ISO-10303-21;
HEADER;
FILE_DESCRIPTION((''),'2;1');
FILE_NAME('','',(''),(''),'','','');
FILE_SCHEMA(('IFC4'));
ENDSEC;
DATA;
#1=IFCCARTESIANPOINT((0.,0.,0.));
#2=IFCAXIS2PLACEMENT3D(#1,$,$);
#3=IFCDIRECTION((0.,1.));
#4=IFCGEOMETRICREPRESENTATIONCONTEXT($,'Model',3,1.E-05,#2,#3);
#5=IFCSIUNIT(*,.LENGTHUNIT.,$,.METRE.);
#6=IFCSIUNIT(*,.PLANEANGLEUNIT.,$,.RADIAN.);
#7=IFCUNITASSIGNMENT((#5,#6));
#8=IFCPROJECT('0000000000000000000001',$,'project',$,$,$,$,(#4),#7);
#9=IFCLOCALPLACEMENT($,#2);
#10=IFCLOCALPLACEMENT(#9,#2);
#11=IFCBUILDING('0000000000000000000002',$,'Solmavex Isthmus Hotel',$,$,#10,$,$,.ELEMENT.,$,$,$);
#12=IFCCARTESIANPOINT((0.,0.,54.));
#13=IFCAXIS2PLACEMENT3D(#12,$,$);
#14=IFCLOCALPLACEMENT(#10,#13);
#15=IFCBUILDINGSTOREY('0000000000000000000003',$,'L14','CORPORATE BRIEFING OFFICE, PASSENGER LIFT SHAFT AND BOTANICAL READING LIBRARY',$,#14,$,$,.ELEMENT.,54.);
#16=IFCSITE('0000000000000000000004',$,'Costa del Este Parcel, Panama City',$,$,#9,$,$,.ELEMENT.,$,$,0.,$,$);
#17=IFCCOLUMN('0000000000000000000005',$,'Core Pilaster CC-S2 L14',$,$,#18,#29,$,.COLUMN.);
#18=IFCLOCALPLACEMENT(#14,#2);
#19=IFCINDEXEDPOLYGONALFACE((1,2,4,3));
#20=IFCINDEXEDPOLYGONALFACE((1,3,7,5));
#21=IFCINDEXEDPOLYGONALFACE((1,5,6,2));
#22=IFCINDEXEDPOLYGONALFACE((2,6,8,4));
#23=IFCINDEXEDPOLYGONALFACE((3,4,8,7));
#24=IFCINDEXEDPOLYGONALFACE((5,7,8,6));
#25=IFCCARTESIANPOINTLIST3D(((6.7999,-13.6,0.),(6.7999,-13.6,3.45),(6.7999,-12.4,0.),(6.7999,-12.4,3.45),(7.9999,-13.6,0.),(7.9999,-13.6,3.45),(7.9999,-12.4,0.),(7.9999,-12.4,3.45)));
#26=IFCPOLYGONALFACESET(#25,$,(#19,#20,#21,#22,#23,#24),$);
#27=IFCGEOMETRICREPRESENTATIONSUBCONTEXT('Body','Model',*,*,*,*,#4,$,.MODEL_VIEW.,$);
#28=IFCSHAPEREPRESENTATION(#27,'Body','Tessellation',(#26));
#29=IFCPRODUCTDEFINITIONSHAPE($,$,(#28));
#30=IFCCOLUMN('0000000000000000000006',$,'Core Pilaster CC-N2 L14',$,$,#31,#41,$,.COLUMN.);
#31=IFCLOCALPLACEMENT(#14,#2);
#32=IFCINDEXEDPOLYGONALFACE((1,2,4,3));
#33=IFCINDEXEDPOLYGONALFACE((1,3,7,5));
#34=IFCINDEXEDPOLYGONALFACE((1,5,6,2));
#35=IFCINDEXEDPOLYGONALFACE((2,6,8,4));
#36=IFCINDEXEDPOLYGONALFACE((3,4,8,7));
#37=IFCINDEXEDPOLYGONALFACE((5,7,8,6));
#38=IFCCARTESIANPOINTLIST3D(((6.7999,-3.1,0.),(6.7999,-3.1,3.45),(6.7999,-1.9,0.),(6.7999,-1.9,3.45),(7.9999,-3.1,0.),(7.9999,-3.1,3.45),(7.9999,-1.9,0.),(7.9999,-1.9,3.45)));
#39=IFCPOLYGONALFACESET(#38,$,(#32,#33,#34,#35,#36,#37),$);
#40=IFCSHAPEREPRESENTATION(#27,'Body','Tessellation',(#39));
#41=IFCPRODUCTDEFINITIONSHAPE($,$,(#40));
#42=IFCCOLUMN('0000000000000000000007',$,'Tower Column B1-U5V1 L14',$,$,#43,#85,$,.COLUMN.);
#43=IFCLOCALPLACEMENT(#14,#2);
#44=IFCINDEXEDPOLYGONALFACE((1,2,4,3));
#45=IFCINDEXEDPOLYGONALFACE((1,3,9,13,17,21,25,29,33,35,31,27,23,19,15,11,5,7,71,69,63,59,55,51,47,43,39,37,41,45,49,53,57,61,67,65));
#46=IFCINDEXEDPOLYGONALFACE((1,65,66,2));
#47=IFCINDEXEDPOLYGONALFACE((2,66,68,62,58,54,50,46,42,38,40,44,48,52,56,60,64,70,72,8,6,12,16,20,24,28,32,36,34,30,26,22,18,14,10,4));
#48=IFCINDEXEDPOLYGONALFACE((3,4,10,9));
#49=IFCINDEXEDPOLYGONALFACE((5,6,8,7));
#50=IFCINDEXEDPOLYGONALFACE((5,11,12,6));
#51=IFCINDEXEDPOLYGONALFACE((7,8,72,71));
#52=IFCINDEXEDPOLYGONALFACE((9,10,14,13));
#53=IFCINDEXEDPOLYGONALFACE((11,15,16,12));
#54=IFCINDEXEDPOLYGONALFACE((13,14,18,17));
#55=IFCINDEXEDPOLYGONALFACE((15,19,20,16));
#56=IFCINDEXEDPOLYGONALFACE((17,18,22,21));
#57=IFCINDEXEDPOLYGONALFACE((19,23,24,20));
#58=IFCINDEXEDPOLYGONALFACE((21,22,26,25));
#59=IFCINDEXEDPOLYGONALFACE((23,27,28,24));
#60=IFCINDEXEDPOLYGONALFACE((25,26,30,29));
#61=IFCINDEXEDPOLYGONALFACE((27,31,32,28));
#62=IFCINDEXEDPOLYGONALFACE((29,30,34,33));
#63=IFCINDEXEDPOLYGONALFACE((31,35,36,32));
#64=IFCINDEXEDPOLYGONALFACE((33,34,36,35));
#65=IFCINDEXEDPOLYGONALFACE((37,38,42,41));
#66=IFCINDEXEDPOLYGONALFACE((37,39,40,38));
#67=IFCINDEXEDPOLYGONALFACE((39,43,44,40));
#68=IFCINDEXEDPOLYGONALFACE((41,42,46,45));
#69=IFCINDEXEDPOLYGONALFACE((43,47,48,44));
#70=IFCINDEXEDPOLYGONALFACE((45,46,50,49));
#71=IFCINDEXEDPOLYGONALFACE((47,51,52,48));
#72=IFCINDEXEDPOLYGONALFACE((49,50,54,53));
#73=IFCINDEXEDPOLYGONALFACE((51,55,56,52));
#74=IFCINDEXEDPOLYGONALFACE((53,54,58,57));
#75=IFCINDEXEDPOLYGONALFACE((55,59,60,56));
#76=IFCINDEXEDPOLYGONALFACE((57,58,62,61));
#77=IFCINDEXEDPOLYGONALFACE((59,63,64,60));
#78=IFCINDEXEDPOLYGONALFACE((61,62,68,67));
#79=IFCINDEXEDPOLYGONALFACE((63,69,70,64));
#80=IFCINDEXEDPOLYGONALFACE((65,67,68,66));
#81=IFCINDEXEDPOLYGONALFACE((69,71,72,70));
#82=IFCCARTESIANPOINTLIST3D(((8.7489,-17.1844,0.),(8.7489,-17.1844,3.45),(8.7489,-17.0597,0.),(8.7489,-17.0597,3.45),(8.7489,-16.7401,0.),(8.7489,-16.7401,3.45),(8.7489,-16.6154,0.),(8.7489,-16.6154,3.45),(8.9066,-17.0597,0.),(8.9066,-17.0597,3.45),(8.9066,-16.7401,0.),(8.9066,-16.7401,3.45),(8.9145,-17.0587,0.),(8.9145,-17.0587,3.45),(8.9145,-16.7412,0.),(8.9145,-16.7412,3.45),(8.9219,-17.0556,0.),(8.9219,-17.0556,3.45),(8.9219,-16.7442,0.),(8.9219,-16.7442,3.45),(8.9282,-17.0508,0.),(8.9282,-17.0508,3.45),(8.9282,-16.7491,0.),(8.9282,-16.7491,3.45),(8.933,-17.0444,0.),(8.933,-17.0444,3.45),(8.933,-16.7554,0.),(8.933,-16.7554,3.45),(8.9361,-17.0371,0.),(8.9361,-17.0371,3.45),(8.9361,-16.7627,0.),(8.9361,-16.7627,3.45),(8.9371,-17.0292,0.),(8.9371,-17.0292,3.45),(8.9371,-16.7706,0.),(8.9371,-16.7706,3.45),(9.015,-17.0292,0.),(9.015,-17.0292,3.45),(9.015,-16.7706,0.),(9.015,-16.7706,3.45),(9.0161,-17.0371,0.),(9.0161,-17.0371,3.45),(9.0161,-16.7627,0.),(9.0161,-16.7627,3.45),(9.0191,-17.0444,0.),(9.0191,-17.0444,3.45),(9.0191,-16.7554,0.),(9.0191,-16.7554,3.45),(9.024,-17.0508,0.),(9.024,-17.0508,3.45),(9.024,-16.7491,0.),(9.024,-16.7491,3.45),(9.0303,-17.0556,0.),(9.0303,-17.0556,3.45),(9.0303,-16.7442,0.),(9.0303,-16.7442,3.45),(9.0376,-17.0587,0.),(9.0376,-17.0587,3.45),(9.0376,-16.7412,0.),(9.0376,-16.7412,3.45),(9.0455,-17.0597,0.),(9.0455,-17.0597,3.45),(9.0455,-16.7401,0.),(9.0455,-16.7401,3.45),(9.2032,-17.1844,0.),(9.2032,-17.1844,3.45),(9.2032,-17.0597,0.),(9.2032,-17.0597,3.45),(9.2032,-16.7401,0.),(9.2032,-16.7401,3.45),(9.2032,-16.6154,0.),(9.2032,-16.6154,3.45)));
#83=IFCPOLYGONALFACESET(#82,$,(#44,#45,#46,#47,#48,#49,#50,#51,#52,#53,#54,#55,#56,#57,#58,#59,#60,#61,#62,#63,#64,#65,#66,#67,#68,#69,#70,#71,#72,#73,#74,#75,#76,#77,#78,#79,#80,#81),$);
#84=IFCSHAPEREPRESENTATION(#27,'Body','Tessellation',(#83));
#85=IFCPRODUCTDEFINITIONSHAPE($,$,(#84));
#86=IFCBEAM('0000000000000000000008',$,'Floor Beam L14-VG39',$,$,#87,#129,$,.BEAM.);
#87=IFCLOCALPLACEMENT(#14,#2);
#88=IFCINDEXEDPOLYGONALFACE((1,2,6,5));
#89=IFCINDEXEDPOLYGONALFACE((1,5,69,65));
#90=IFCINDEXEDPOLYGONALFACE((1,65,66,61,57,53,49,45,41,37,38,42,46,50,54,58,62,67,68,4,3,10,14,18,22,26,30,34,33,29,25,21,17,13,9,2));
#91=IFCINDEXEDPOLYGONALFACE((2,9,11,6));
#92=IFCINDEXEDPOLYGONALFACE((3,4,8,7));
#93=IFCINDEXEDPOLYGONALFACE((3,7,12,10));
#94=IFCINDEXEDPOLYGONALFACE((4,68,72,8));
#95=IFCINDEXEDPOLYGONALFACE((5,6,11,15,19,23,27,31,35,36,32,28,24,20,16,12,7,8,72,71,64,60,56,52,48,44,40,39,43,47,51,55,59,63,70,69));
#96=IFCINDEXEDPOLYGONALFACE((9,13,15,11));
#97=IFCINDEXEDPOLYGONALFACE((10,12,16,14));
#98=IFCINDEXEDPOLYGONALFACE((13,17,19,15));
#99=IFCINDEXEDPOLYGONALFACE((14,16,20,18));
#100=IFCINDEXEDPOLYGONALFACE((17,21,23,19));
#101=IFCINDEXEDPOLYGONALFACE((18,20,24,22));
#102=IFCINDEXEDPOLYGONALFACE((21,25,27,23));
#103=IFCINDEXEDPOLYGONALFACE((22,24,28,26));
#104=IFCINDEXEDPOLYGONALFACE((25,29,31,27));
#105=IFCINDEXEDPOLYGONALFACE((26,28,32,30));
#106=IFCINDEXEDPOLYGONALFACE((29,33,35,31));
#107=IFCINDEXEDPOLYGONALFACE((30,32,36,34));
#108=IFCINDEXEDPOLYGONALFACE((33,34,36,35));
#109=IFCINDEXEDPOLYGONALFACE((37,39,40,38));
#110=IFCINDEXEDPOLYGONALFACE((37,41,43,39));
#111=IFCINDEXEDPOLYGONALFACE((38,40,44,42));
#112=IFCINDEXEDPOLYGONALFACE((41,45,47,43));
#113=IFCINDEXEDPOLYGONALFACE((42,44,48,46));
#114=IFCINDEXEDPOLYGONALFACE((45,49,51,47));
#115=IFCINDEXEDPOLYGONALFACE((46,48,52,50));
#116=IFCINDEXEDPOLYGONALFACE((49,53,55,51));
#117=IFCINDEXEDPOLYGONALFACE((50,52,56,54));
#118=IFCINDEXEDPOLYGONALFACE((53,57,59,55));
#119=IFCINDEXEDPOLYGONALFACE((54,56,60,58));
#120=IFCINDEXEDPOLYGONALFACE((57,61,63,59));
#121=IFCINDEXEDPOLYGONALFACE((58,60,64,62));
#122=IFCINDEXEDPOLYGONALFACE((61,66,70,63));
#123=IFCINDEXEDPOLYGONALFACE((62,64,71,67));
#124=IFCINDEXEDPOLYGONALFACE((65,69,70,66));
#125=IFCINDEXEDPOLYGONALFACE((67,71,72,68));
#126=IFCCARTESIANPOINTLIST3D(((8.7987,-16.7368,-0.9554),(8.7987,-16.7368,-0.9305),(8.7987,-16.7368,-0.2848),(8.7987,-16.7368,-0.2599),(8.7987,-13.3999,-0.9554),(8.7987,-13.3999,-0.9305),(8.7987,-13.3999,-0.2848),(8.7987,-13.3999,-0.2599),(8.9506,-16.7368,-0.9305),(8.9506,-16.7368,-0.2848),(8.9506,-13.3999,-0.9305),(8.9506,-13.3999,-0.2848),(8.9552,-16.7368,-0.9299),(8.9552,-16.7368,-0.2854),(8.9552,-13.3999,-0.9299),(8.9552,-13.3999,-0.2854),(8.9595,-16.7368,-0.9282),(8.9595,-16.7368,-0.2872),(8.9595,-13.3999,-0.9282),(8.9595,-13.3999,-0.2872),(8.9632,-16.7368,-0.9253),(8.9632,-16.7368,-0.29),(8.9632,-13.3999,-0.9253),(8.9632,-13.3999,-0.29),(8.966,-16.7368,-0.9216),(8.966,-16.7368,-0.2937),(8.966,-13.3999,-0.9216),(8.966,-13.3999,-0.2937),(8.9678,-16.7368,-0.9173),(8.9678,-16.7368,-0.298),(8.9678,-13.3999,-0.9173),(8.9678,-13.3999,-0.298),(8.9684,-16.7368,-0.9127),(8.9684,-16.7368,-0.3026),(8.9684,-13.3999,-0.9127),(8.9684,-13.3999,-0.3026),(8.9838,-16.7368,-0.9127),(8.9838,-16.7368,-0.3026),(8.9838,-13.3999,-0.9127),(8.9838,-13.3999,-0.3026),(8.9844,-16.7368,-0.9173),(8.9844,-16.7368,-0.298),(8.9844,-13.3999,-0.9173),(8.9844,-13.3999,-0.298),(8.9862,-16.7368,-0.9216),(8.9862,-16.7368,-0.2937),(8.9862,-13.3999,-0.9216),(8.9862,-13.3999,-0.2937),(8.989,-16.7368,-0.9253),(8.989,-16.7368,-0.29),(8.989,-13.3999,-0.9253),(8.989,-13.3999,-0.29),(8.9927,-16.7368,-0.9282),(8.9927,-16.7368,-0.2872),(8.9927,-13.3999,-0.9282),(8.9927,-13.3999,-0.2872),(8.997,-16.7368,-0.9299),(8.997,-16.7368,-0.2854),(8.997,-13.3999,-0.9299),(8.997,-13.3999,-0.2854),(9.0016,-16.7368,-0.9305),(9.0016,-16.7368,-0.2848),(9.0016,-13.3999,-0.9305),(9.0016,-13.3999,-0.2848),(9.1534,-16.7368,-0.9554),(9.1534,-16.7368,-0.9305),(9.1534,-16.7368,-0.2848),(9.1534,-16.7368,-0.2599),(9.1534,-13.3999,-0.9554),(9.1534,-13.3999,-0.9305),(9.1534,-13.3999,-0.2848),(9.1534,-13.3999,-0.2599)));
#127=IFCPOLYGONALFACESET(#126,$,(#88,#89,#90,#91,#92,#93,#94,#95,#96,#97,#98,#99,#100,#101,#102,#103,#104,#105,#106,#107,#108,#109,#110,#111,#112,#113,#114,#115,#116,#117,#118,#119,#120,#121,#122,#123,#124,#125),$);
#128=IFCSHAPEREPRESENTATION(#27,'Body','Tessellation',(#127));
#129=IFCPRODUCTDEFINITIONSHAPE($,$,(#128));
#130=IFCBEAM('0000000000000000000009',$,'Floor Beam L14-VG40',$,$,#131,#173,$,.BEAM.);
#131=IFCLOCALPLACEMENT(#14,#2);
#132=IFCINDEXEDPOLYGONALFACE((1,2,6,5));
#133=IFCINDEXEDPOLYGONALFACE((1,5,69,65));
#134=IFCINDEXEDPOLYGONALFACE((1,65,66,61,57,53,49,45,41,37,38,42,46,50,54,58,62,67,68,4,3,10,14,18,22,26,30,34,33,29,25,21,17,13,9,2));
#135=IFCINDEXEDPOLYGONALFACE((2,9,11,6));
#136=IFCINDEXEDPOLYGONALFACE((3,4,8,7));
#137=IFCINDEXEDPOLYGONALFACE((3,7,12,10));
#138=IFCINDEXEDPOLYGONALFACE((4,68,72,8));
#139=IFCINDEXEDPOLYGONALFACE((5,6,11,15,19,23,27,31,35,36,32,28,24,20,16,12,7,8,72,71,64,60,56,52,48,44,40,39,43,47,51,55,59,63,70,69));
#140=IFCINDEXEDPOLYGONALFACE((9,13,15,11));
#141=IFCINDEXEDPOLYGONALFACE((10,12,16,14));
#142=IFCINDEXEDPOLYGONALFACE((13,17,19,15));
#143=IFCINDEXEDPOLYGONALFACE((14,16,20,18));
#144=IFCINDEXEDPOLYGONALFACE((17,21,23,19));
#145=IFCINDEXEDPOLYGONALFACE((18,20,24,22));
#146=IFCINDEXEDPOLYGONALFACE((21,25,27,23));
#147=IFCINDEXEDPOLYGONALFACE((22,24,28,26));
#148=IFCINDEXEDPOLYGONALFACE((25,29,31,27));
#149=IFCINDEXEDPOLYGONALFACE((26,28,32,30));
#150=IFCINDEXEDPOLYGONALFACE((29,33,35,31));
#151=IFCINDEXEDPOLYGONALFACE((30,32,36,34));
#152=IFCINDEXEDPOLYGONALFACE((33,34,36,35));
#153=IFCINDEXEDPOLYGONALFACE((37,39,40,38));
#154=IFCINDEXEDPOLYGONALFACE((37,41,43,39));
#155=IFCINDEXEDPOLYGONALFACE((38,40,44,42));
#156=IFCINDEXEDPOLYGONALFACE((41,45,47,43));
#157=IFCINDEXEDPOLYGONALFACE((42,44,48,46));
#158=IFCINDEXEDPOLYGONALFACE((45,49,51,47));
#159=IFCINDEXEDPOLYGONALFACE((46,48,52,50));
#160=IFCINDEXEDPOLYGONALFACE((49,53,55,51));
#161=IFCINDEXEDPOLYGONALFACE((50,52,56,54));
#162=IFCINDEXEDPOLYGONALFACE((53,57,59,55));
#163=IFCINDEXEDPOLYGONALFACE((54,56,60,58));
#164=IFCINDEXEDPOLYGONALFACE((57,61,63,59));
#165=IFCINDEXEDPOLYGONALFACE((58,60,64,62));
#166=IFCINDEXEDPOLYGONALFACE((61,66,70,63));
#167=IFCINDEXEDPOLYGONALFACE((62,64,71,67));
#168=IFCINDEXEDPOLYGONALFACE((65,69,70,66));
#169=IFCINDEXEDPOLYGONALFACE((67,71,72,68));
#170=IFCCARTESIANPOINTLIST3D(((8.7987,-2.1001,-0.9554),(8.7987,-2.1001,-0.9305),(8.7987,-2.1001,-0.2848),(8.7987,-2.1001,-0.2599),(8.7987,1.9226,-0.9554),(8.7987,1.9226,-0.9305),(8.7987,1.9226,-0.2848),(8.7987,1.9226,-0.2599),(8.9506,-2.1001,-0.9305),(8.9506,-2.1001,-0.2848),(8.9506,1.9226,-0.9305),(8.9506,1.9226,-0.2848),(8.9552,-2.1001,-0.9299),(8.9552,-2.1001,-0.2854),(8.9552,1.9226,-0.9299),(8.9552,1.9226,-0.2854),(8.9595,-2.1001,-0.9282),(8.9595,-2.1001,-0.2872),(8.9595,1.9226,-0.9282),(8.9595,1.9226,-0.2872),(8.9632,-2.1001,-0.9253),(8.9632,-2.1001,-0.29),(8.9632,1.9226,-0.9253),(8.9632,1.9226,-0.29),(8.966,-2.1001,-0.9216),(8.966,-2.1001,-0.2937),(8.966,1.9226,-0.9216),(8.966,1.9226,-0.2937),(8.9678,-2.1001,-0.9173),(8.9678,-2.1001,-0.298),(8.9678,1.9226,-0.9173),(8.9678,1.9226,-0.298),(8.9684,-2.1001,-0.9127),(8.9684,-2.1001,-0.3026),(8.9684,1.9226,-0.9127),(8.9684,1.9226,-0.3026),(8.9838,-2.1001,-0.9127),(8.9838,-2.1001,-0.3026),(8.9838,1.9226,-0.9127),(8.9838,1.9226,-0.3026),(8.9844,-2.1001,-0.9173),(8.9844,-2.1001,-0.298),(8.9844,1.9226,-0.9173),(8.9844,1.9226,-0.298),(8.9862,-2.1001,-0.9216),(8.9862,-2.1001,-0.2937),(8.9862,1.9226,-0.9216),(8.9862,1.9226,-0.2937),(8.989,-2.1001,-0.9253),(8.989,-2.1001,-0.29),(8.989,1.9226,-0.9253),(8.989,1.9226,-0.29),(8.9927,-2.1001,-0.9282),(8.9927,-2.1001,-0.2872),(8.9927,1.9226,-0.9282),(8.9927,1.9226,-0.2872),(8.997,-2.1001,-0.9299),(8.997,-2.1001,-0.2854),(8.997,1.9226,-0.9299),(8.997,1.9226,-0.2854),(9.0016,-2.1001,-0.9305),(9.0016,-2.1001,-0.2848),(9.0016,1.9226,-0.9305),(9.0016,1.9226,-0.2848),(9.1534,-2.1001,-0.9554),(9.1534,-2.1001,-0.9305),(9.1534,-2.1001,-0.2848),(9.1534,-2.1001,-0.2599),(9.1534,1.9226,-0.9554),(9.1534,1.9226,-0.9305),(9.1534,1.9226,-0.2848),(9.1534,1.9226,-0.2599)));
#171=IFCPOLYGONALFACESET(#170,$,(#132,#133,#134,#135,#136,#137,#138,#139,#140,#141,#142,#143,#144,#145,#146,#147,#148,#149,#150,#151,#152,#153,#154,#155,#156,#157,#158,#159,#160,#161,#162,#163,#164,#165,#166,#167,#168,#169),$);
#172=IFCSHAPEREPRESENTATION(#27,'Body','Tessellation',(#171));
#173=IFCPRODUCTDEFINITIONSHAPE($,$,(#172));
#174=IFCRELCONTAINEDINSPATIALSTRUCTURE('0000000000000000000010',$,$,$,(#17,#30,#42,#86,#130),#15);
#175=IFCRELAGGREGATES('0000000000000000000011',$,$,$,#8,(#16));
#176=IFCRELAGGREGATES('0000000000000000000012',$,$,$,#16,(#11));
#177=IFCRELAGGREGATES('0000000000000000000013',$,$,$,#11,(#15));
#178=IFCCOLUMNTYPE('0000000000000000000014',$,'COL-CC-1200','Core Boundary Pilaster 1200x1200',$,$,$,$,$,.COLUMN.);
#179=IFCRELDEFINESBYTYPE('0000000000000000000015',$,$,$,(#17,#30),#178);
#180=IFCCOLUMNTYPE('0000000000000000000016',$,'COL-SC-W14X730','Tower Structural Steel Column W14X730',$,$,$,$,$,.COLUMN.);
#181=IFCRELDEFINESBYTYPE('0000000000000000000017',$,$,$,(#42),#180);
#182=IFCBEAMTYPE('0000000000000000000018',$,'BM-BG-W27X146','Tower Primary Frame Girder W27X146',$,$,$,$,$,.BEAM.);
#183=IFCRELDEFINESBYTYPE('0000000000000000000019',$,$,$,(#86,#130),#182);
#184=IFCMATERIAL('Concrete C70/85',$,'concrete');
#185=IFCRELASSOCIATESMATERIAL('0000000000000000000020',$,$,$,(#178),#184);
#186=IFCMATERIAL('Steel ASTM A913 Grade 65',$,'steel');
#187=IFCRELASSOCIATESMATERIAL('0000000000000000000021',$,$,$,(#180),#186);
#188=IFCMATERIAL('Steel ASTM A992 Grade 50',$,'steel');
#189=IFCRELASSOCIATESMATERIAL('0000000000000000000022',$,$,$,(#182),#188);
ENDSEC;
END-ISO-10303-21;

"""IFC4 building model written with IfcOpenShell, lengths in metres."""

from ifc_helpers import new_model, si_unit, direction, frame, origin, origin_2d, place, context, subcontext, project, spatial, rectangle, i_section, extrude, material, material_profile, profile_set, type_object, element, save


model = new_model("IFC4")

# Units and contexts
model_context = context("Model", 3, precision=1e-05, world=origin(), true_north=direction((0.0, 1.0)))
body_context = subcontext(model_context, "Body", "Model", "MODEL_VIEW")
ifc_project = project(units=[si_unit("LENGTHUNIT", "METRE"), si_unit("PLANEANGLEUNIT", "RADIAN")], contexts=[model_context])

# Site, building, storey
site_placement = place(None, origin())
site = spatial("IfcSite", under=ifc_project, at=site_placement, Name="Costa del Este Parcel, Panama City", CompositionType="ELEMENT", RefElevation=0.0)
building_placement = place(site_placement, origin())
building = spatial("IfcBuilding", under=site, at=building_placement, Name="Solmavex Isthmus Hotel", CompositionType="ELEMENT")
storey_placement = place(building_placement, frame((0.0, 0.0, 54.0)))
storey = spatial("IfcBuildingStorey", under=building, at=storey_placement, Name="L14", Description="CORPORATE BRIEFING OFFICE, PASSENGER LIFT SHAFT AND BOTANICAL READING LIBRARY", CompositionType="ELEMENT", Elevation=54.0)

# Columns
ifc_material_1 = material(Name="Concrete C70/85", Category="concrete")
ifc_material_profile_1 = material_profile(ifc_material_1, rectangle(XDim=1.2, YDim=1.2, at=origin_2d()), Name="RC1200X1200")
ifc_profile_set_1 = profile_set([ifc_material_profile_1], Name="Concrete C70/85")
column_type_1 = type_object("IfcColumnType", Name="COL-CC-1200", Description="Core Boundary Pilaster 1200x1200", PredefinedType="COLUMN", material=ifc_profile_set_1)
for number, where, z_axis, x_axis, name in (
    (1, (7.3999, -13.0, 0.0), (0.0, 0.0, 1.0), (1.0, 0.0, 0.0), "Core Pilaster CC-S2 L14"),
    (2, (7.3999, -2.5, 0.0), (0.0, 0.0, 1.0), (1.0, 0.0, 0.0), "Core Pilaster CC-N2 L14"),
):
    element("IfcColumn", number, at=place(storey_placement, frame(where, z_axis=z_axis, x_axis=x_axis)), inside=storey, type_object=column_type_1, Name=name, PredefinedType="COLUMN", context=body_context, shape_type="SweptSolid", body=[
        extrude(rectangle(XDim=1.2, YDim=1.2, at=origin_2d()), origin(), (0.0, 0.0, 1.0), 3.45),
    ])
ifc_material_2 = material(Name="Steel ASTM A913 Grade 65", Category="steel")
ifc_material_profile_2 = material_profile(ifc_material_2, i_section(OverallWidth=0.4543, OverallDepth=0.5691, WebThickness=0.0779, FlangeThickness=0.1248, FilletRadius=0.0305, at=origin_2d()), Name="W14X730")
ifc_profile_set_2 = profile_set([ifc_material_profile_2], Name="Steel ASTM A913 Grade 65")
column_type_2 = type_object("IfcColumnType", Name="COL-SC-W14X730", Description="Tower Structural Steel Column W14X730", PredefinedType="COLUMN", material=ifc_profile_set_2)
column_placement = place(storey_placement, frame((8.9761, -16.8999, 0.0), z_axis=(0.0, 0.0, 1.0), x_axis=(1.0, 0.0, 0.0)))
element("IfcColumn", 3, at=column_placement, inside=storey, type_object=column_type_2, Name="Tower Column B1-U5V1 L14", PredefinedType="COLUMN", context=body_context, shape_type="SweptSolid", body=[
    extrude(i_section(OverallWidth=0.4543, OverallDepth=0.5691, WebThickness=0.0779, FlangeThickness=0.1248, FilletRadius=0.0305, at=origin_2d()), origin(), (0.0, 0.0, 1.0), 3.45),
])

# Beams
ifc_material_3 = material(Name="Steel ASTM A992 Grade 50", Category="steel")
ifc_material_profile_3 = material_profile(ifc_material_3, i_section(OverallWidth=0.3547, OverallDepth=0.6956, WebThickness=0.0154, FlangeThickness=0.0249, FilletRadius=0.0178, at=origin_2d()), Name="W27X146")
ifc_profile_set_3 = profile_set([ifc_material_profile_3], Name="Steel ASTM A992 Grade 50")
beam_type_1 = type_object("IfcBeamType", Name="BM-BG-W27X146", Description="Tower Primary Frame Girder W27X146", PredefinedType="BEAM", material=ifc_profile_set_3)
beam_1_placement = place(storey_placement, frame((8.9761, -16.7368, -0.6077), z_axis=(0.0, 1.0, 0.0), x_axis=(-1.0, 0.0, 0.0)))
element("IfcBeam", 4, at=beam_1_placement, inside=storey, type_object=beam_type_1, Name="Floor Beam L14-VG39", PredefinedType="BEAM", context=body_context, shape_type="SweptSolid", body=[
    extrude(i_section(OverallWidth=0.3547, OverallDepth=0.6956, WebThickness=0.0154, FlangeThickness=0.0249, FilletRadius=0.0178, at=origin_2d()), origin(), (0.0, 0.0, 1.0), 3.3369),
])
beam_2_placement = place(storey_placement, frame((8.9761, -2.1001, -0.6077), z_axis=(0.0, 1.0, 0.0), x_axis=(-1.0, 0.0, 0.0)))
element("IfcBeam", 5, at=beam_2_placement, inside=storey, type_object=beam_type_1, Name="Floor Beam L14-VG40", PredefinedType="BEAM", context=body_context, shape_type="SweptSolid", body=[
    extrude(i_section(OverallWidth=0.3547, OverallDepth=0.6956, WebThickness=0.0154, FlangeThickness=0.0249, FilletRadius=0.0178, at=origin_2d()), origin(), (0.0, 0.0, 1.0), 4.0227),
])

save(model, "model.ifc")
